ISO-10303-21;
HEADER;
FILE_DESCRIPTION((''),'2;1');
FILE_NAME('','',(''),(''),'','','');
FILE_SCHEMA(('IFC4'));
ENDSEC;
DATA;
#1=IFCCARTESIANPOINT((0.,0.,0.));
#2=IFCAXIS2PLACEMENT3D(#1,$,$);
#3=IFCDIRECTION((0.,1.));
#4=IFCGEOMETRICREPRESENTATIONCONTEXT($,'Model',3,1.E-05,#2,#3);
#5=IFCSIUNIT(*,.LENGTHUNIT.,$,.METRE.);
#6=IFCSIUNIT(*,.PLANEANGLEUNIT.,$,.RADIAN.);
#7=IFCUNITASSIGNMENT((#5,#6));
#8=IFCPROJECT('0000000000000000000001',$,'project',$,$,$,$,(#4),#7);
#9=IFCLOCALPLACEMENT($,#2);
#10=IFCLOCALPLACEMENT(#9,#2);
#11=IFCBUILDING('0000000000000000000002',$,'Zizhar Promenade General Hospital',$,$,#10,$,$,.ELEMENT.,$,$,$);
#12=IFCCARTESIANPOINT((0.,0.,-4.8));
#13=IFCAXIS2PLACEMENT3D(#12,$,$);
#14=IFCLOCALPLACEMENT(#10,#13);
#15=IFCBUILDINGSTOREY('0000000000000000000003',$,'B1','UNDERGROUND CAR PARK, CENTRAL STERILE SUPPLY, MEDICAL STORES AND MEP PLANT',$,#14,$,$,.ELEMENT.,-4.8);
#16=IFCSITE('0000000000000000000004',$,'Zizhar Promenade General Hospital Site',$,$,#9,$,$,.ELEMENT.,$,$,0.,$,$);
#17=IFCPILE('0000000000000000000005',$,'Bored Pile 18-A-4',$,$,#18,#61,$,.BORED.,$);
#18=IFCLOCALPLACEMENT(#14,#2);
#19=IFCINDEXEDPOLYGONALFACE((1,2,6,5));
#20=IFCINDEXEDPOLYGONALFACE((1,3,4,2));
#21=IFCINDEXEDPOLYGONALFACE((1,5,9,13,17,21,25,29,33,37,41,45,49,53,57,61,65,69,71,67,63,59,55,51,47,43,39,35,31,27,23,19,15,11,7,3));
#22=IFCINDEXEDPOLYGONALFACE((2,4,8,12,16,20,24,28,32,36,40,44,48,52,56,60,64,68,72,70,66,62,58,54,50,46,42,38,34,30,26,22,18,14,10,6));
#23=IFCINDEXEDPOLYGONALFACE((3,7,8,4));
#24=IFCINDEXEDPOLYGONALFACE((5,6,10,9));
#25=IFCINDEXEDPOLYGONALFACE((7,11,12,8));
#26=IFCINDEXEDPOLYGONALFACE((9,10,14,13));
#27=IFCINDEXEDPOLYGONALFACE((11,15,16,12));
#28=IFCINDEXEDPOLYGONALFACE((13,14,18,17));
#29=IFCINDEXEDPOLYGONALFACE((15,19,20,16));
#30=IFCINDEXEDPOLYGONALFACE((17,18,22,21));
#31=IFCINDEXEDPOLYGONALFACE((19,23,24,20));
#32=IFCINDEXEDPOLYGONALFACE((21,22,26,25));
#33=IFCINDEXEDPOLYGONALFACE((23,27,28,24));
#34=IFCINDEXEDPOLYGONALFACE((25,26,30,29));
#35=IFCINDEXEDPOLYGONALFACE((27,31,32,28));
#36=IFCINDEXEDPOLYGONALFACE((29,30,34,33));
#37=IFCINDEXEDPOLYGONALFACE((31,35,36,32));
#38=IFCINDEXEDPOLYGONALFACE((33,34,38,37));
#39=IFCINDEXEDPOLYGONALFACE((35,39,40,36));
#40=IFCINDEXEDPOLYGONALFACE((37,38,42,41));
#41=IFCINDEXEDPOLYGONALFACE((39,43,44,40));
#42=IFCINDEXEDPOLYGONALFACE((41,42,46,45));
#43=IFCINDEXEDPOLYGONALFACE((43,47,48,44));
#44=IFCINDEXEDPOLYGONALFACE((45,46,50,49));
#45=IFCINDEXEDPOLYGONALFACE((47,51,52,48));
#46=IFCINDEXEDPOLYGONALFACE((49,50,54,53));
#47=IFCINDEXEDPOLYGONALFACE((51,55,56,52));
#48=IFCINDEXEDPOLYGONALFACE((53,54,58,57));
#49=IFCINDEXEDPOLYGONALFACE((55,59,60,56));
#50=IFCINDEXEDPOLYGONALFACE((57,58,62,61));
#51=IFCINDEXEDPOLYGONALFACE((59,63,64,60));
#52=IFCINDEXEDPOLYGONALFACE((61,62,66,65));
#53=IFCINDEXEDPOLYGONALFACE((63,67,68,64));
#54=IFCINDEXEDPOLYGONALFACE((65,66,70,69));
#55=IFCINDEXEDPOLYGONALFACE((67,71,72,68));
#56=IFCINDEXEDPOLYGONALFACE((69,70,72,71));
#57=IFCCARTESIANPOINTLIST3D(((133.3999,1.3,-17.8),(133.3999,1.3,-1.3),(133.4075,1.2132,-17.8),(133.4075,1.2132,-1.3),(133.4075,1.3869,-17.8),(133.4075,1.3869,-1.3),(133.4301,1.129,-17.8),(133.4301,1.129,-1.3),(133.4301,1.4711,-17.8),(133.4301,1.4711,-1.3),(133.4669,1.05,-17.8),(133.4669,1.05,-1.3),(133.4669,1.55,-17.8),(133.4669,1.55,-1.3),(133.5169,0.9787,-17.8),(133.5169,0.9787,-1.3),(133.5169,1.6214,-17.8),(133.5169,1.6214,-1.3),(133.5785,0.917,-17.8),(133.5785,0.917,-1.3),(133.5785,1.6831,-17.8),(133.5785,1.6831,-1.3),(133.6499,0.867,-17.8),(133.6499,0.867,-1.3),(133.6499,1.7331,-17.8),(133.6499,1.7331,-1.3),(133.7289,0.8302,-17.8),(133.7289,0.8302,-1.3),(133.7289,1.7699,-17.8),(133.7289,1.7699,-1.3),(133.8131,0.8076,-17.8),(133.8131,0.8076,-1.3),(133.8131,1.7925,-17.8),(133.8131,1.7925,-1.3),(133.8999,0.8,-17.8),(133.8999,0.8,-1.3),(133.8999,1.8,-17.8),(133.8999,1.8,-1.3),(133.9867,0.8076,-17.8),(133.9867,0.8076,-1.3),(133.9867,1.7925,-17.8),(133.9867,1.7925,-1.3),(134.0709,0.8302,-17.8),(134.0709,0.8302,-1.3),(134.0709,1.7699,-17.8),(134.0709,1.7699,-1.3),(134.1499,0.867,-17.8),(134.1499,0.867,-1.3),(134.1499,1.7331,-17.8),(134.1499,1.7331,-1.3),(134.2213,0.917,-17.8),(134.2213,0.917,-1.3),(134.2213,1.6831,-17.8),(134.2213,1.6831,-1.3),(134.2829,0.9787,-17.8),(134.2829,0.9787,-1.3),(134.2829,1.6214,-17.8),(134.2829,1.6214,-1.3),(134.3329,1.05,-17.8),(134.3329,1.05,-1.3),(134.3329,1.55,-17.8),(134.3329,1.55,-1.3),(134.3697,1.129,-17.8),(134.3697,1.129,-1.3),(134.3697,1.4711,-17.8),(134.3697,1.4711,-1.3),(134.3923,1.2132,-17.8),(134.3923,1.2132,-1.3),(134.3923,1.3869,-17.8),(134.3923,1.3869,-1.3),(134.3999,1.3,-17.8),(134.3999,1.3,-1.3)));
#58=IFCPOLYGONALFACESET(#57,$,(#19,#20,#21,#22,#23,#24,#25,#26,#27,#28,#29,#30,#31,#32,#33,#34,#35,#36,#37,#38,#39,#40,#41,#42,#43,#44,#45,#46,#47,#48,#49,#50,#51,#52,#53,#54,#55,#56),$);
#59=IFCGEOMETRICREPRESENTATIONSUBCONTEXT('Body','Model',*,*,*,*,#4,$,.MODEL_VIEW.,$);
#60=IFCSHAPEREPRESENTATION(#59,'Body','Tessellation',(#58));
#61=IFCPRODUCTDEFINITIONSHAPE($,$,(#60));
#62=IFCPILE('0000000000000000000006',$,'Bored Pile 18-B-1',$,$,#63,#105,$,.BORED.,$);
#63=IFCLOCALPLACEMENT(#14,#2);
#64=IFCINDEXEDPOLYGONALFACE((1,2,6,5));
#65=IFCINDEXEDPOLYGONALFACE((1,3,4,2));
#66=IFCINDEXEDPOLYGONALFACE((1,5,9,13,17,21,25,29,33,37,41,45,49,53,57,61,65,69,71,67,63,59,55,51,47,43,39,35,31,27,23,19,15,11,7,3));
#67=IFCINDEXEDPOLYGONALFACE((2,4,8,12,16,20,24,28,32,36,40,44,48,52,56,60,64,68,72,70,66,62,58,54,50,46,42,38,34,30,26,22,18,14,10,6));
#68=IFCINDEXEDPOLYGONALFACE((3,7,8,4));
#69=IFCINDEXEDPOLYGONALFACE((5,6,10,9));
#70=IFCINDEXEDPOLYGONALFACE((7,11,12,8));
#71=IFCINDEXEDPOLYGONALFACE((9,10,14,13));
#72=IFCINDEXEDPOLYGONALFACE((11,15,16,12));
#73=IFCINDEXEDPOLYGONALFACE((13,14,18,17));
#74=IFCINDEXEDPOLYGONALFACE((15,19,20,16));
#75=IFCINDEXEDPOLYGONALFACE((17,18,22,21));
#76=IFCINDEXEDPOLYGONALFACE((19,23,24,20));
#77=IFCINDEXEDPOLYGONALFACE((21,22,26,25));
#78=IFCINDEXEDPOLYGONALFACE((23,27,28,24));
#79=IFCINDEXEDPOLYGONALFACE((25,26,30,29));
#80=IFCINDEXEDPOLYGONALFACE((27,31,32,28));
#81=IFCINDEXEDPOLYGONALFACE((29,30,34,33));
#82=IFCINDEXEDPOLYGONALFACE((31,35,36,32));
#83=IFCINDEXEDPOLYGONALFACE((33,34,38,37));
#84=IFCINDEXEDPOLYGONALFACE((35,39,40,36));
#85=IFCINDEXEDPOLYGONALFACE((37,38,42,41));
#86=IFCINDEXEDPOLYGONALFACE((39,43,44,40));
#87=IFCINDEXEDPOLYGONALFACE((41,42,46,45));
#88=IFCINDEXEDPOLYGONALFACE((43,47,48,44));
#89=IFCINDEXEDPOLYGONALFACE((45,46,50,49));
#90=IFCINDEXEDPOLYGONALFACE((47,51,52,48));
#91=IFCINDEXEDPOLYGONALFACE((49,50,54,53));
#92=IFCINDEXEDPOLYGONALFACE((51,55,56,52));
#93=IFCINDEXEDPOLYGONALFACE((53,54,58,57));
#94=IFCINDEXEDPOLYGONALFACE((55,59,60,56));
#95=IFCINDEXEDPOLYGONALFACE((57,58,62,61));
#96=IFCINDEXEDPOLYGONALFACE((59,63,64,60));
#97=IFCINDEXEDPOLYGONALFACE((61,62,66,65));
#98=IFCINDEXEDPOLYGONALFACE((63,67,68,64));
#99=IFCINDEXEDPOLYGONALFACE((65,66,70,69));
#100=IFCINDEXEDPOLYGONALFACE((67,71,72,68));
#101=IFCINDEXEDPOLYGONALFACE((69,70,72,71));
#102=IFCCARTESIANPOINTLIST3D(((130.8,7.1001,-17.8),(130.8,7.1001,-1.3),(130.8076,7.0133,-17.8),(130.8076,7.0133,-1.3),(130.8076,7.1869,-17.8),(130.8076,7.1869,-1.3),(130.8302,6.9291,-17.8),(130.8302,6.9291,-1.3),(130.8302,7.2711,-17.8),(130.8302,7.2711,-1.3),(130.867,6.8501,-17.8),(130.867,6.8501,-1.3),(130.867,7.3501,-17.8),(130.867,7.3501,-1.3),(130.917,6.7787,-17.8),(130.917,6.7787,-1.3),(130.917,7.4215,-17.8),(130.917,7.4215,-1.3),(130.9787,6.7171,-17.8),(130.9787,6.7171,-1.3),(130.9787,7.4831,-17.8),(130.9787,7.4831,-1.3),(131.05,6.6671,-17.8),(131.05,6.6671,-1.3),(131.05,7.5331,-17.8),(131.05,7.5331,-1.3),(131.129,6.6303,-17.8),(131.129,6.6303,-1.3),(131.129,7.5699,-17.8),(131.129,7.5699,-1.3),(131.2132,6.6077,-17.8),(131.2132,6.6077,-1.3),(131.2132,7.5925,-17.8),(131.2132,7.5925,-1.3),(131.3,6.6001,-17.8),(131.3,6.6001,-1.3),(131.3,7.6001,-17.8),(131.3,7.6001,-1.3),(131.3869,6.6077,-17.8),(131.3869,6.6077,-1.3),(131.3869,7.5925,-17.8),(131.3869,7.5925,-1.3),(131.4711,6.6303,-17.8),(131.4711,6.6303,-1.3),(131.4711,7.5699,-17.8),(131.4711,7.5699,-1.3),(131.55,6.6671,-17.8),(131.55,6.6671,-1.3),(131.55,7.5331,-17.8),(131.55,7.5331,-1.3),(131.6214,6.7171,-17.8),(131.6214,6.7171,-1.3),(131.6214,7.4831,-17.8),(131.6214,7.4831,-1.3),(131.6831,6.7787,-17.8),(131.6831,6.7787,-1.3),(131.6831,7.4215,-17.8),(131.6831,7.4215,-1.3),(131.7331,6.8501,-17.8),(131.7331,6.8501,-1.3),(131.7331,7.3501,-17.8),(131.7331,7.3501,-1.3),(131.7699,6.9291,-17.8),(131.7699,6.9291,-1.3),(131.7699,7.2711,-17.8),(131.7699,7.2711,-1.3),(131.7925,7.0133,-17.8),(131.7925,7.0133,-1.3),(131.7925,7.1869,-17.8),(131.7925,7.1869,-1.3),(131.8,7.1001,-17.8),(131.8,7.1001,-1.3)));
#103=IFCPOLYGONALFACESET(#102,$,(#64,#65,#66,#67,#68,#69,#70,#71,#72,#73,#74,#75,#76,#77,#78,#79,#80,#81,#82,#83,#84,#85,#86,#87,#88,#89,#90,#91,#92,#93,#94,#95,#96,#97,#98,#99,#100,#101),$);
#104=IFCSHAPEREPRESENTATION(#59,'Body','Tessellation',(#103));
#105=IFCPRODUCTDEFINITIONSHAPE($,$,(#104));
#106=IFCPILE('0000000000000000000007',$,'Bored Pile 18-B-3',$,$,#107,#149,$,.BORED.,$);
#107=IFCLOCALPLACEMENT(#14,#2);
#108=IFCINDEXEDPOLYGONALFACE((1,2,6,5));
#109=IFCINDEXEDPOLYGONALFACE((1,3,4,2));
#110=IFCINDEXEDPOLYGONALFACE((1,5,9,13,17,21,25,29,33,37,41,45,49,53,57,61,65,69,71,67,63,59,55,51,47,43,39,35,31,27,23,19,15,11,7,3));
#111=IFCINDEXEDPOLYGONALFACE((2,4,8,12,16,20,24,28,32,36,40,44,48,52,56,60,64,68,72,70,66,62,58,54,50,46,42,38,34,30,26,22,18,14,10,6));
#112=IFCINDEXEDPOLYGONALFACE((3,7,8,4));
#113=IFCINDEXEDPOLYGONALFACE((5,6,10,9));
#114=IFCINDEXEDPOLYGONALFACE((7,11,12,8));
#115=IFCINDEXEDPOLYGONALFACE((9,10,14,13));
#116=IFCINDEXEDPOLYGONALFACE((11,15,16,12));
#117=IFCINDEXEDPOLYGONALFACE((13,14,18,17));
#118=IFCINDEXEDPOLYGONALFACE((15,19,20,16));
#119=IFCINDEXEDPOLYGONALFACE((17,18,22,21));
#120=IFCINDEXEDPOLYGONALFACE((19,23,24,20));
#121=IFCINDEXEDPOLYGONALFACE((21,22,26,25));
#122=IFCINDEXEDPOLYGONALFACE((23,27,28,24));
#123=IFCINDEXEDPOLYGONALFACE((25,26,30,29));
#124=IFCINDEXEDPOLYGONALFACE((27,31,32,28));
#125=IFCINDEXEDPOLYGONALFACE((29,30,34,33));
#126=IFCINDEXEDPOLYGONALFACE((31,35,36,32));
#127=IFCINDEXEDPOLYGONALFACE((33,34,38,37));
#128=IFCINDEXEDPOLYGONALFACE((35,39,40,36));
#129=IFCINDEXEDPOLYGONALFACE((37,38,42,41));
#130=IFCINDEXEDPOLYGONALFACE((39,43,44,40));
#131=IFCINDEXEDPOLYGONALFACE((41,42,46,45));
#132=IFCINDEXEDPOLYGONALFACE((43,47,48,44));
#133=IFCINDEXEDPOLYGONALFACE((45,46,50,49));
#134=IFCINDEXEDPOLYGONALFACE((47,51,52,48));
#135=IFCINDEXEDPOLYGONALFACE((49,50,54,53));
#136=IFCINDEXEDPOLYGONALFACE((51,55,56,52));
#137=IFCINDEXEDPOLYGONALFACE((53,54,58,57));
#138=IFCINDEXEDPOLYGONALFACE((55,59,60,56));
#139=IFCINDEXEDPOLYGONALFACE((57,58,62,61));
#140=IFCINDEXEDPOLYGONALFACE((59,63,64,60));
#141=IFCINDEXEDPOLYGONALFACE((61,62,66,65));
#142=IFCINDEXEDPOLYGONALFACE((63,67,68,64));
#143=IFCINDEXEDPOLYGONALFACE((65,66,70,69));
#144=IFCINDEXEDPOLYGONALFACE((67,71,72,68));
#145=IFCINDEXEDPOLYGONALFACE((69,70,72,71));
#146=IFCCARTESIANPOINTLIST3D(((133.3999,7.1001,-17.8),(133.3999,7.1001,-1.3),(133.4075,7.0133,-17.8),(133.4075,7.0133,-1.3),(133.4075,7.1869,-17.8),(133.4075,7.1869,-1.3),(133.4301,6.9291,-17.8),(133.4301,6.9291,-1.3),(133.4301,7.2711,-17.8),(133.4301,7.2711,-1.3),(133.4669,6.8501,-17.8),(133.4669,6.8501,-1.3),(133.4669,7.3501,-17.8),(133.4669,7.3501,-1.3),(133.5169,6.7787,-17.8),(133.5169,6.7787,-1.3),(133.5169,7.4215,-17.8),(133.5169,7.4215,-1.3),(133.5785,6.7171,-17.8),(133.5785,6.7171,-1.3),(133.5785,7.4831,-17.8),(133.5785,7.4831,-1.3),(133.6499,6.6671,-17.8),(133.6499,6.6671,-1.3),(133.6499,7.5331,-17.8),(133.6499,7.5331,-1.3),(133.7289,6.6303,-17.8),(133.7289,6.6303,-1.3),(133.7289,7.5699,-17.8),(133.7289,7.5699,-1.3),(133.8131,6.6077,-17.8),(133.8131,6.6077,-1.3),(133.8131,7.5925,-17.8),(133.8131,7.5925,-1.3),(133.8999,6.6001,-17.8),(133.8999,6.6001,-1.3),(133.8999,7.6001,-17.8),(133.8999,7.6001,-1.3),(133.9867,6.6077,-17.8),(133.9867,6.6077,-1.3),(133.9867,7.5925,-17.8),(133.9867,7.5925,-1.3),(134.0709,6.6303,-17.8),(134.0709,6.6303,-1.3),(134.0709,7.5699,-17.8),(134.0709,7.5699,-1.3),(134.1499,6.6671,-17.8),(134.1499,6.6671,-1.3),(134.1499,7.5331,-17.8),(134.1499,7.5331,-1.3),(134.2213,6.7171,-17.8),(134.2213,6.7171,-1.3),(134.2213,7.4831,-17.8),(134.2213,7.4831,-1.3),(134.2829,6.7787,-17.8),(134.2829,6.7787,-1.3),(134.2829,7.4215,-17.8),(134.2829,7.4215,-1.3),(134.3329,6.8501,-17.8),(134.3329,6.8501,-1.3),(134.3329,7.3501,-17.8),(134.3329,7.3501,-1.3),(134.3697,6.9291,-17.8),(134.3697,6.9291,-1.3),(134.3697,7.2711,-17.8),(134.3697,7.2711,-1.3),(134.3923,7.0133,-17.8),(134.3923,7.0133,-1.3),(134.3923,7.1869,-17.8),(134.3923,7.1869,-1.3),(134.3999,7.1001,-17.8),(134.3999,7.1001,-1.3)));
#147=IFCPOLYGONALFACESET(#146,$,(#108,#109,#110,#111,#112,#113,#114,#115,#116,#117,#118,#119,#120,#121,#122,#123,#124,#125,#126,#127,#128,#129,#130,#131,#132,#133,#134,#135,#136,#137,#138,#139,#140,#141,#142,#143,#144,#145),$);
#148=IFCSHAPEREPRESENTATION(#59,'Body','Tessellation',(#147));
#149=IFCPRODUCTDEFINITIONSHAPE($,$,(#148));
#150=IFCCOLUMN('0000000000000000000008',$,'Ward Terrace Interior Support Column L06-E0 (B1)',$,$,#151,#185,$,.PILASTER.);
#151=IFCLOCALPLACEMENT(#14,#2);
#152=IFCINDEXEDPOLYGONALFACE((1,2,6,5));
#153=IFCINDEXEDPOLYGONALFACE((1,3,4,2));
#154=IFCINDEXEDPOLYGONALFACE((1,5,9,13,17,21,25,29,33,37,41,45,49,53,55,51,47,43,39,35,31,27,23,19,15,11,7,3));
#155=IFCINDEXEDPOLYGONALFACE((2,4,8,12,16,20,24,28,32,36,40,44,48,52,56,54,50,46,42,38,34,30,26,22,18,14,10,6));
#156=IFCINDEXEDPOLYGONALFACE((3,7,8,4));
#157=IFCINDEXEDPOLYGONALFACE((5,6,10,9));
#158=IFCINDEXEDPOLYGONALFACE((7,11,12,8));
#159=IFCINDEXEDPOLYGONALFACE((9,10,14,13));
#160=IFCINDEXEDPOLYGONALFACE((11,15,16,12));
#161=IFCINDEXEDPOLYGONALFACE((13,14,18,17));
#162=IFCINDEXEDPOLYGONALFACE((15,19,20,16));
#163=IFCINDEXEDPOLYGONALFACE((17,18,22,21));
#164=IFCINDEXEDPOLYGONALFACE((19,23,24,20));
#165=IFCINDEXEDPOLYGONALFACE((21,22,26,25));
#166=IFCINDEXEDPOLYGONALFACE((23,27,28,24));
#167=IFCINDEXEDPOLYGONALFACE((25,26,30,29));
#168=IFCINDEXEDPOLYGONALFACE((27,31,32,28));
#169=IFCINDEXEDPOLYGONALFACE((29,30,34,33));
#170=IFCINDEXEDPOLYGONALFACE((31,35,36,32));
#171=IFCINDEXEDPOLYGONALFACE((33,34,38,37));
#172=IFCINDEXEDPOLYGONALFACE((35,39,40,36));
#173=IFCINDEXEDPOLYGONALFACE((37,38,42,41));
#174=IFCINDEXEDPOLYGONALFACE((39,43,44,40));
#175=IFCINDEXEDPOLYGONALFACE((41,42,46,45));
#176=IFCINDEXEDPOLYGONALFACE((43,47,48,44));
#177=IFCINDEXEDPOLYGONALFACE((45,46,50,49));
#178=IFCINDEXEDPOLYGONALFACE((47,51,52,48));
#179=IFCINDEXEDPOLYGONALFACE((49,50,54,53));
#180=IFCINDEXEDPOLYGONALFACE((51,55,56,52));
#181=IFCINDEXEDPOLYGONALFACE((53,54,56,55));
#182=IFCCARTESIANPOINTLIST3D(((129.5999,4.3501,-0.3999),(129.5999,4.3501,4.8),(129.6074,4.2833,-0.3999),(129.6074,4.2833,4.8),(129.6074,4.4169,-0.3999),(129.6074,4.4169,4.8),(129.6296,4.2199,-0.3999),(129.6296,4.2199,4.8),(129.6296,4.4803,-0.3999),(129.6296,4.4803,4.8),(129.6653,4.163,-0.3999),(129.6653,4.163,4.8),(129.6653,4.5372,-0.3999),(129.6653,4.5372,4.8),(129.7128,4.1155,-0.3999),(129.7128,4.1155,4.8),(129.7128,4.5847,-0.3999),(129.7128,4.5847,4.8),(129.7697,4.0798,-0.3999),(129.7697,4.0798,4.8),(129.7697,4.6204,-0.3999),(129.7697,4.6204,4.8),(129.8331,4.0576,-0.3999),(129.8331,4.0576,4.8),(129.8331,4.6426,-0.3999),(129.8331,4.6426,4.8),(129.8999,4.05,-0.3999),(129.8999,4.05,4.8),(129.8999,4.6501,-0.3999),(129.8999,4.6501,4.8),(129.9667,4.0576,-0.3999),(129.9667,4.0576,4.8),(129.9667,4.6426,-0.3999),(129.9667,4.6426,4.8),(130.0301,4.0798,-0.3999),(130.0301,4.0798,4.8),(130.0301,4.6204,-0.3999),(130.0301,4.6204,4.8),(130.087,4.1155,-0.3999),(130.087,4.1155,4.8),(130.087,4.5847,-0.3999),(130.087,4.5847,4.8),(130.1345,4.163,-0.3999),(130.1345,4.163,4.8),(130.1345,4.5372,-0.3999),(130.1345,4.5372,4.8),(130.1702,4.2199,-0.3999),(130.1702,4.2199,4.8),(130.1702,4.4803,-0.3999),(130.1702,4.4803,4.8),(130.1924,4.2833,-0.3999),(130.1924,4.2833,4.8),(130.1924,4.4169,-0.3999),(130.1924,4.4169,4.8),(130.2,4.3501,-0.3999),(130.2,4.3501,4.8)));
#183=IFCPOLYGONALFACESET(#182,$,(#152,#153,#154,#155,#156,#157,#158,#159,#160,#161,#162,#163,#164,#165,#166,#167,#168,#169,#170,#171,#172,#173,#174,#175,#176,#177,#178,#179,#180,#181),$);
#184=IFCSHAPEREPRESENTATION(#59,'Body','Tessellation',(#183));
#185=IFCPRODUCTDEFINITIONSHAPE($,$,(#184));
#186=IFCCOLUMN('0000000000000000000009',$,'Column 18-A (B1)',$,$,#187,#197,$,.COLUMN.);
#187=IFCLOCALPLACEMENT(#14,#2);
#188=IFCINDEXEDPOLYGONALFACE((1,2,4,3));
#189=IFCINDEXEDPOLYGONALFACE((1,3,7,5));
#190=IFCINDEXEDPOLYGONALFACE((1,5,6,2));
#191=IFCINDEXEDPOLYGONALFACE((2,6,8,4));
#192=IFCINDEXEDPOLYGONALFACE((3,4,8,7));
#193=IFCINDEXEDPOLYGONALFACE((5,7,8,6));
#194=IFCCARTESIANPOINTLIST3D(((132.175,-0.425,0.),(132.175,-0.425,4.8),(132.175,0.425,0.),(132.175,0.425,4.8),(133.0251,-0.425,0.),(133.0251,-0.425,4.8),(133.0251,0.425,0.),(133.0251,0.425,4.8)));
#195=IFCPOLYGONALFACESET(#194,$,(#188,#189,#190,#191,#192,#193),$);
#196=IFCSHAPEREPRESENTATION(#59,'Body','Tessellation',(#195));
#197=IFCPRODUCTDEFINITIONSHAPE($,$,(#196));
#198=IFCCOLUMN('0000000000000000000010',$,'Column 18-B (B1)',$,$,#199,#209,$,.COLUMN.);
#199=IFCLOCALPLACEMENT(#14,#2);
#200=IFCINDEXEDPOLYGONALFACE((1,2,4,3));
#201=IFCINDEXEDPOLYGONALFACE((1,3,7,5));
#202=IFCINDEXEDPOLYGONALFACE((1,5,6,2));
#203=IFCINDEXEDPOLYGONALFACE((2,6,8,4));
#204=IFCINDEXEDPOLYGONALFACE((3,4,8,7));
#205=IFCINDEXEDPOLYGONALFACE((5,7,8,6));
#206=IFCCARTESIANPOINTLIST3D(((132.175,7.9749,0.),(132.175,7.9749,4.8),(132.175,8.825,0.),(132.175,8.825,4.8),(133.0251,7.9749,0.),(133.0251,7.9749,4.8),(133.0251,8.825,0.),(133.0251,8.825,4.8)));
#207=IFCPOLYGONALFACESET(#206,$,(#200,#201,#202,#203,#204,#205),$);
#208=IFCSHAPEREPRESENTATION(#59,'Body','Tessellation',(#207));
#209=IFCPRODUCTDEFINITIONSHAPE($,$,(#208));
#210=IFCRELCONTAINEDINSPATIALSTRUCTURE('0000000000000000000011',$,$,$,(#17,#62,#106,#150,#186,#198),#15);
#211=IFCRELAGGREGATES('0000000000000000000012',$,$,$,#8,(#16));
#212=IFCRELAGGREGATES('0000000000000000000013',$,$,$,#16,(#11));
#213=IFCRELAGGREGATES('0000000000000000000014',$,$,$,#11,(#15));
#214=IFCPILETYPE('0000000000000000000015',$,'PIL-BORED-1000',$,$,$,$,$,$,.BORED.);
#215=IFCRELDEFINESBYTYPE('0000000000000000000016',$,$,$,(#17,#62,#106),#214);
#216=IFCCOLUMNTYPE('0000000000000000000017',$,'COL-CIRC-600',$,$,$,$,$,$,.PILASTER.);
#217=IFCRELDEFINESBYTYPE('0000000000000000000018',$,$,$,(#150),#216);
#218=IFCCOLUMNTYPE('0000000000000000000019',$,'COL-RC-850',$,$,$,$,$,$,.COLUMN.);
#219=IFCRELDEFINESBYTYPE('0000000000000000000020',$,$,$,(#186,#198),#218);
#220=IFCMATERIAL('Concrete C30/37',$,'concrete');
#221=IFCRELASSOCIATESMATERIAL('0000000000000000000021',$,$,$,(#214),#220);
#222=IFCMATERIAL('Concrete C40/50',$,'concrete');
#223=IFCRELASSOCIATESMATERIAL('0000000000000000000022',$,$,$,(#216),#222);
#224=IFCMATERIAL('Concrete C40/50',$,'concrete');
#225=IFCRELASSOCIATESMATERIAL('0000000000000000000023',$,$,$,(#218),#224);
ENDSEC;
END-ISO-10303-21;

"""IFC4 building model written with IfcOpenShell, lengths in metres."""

from ifc_helpers import new_model, si_unit, direction, frame, origin, origin_2d, place, context, subcontext, project, spatial, rectangle, circle, extrude, material, material_profile, profile_set, type_object, element, save


model = new_model("IFC4")

# Units and contexts
model_context = context("Model", 3, precision=1e-05, world=origin(), true_north=direction((0.0, 1.0)))
body_context = subcontext(model_context, "Body", "Model", "MODEL_VIEW")
ifc_project = project(units=[si_unit("LENGTHUNIT", "METRE"), si_unit("PLANEANGLEUNIT", "RADIAN")], contexts=[model_context])

# Site, building, storey
site_placement = place(None, origin())
site = spatial("IfcSite", under=ifc_project, at=site_placement, Name="Zizhar Promenade General Hospital Site", CompositionType="ELEMENT", RefElevation=0.0)
building_placement = place(site_placement, origin())
building = spatial("IfcBuilding", under=site, at=building_placement, Name="Zizhar Promenade General Hospital", CompositionType="ELEMENT")
storey_placement = place(building_placement, frame((0.0, 0.0, -4.8)))
storey = spatial("IfcBuildingStorey", under=building, at=storey_placement, Name="B1", Description="UNDERGROUND CAR PARK, CENTRAL STERILE SUPPLY, MEDICAL STORES AND MEP PLANT", CompositionType="ELEMENT", Elevation=-4.8)

# Piles
ifc_material_1 = material(Name="Concrete C30/37", Category="concrete")
ifc_material_profile_1 = material_profile(ifc_material_1, circle(Radius=0.5, at=origin_2d()))
ifc_profile_set_1 = profile_set([ifc_material_profile_1], Name="Concrete C30/37")
pile_type = type_object("IfcPileType", Name="PIL-BORED-1000", PredefinedType="BORED", material=ifc_profile_set_1)
for number, where, z_axis, x_axis, name in (
    (1, (133.8999, 1.3, -1.3), (0.0, 0.0, -1.0), (1.0, 0.0, 0.0), "Bored Pile 18-A-4"),
    (2, (131.3, 7.1001, -1.3), (0.0, 0.0, -1.0), (1.0, 0.0, 0.0), "Bored Pile 18-B-1"),
    (3, (133.8999, 7.1001, -1.3), (0.0, 0.0, -1.0), (1.0, 0.0, 0.0), "Bored Pile 18-B-3"),
):
    element("IfcPile", number, at=place(storey_placement, frame(where, z_axis=z_axis, x_axis=x_axis)), inside=storey, type_object=pile_type, Name=name, PredefinedType="BORED", context=body_context, shape_type="SweptSolid", body=[
        extrude(circle(Radius=0.5, at=origin_2d()), origin(), (0.0, 0.0, 1.0), 16.5),
    ])

# Columns
ifc_material_2 = material(Name="Concrete C40/50", Category="concrete")
ifc_material_profile_2 = material_profile(ifc_material_2, circle(Radius=0.3, at=origin_2d()))
ifc_profile_set_2 = profile_set([ifc_material_profile_2], Name="Concrete C40/50")
column_type_1 = type_object("IfcColumnType", Name="COL-CIRC-600", PredefinedType="PILASTER", material=ifc_profile_set_2)
column_placement = place(storey_placement, frame((129.8999, 4.3501, -0.3999), z_axis=(0.0, 0.0, 1.0), x_axis=(1.0, 0.0, 0.0)))
element("IfcColumn", 4, at=column_placement, inside=storey, type_object=column_type_1, Name="Ward Terrace Interior Support Column L06-E0 (B1)", PredefinedType="PILASTER", context=body_context, shape_type="SweptSolid", body=[
    extrude(circle(Radius=0.3, at=origin_2d()), origin(), (0.0, 0.0, 1.0), 5.2),
])
ifc_material_3 = material(Name="Concrete C40/50", Category="concrete")
ifc_material_profile_3 = material_profile(ifc_material_3, rectangle(XDim=0.8501, YDim=0.8501, at=origin_2d()))
ifc_profile_set_3 = profile_set([ifc_material_profile_3], Name="Concrete C40/50")
column_type_2 = type_object("IfcColumnType", Name="COL-RC-850", PredefinedType="COLUMN", material=ifc_profile_set_3)
for number, where, z_axis, x_axis, name in (
    (5, (132.6001, 0.0, 0.0), (0.0, 0.0, 1.0), (1.0, 0.0, 0.0), "Column 18-A (B1)"),
    (6, (132.6001, 8.3999, 0.0), (0.0, 0.0, 1.0), (1.0, 0.0, 0.0), "Column 18-B (B1)"),
):
    element("IfcColumn", number, at=place(storey_placement, frame(where, z_axis=z_axis, x_axis=x_axis)), inside=storey, type_object=column_type_2, Name=name, PredefinedType="COLUMN", context=body_context, shape_type="SweptSolid", body=[
        extrude(rectangle(XDim=0.8501, YDim=0.8501, at=origin_2d()), origin(), (0.0, 0.0, 1.0), 4.8),
    ])

save(model, "model.ifc")
